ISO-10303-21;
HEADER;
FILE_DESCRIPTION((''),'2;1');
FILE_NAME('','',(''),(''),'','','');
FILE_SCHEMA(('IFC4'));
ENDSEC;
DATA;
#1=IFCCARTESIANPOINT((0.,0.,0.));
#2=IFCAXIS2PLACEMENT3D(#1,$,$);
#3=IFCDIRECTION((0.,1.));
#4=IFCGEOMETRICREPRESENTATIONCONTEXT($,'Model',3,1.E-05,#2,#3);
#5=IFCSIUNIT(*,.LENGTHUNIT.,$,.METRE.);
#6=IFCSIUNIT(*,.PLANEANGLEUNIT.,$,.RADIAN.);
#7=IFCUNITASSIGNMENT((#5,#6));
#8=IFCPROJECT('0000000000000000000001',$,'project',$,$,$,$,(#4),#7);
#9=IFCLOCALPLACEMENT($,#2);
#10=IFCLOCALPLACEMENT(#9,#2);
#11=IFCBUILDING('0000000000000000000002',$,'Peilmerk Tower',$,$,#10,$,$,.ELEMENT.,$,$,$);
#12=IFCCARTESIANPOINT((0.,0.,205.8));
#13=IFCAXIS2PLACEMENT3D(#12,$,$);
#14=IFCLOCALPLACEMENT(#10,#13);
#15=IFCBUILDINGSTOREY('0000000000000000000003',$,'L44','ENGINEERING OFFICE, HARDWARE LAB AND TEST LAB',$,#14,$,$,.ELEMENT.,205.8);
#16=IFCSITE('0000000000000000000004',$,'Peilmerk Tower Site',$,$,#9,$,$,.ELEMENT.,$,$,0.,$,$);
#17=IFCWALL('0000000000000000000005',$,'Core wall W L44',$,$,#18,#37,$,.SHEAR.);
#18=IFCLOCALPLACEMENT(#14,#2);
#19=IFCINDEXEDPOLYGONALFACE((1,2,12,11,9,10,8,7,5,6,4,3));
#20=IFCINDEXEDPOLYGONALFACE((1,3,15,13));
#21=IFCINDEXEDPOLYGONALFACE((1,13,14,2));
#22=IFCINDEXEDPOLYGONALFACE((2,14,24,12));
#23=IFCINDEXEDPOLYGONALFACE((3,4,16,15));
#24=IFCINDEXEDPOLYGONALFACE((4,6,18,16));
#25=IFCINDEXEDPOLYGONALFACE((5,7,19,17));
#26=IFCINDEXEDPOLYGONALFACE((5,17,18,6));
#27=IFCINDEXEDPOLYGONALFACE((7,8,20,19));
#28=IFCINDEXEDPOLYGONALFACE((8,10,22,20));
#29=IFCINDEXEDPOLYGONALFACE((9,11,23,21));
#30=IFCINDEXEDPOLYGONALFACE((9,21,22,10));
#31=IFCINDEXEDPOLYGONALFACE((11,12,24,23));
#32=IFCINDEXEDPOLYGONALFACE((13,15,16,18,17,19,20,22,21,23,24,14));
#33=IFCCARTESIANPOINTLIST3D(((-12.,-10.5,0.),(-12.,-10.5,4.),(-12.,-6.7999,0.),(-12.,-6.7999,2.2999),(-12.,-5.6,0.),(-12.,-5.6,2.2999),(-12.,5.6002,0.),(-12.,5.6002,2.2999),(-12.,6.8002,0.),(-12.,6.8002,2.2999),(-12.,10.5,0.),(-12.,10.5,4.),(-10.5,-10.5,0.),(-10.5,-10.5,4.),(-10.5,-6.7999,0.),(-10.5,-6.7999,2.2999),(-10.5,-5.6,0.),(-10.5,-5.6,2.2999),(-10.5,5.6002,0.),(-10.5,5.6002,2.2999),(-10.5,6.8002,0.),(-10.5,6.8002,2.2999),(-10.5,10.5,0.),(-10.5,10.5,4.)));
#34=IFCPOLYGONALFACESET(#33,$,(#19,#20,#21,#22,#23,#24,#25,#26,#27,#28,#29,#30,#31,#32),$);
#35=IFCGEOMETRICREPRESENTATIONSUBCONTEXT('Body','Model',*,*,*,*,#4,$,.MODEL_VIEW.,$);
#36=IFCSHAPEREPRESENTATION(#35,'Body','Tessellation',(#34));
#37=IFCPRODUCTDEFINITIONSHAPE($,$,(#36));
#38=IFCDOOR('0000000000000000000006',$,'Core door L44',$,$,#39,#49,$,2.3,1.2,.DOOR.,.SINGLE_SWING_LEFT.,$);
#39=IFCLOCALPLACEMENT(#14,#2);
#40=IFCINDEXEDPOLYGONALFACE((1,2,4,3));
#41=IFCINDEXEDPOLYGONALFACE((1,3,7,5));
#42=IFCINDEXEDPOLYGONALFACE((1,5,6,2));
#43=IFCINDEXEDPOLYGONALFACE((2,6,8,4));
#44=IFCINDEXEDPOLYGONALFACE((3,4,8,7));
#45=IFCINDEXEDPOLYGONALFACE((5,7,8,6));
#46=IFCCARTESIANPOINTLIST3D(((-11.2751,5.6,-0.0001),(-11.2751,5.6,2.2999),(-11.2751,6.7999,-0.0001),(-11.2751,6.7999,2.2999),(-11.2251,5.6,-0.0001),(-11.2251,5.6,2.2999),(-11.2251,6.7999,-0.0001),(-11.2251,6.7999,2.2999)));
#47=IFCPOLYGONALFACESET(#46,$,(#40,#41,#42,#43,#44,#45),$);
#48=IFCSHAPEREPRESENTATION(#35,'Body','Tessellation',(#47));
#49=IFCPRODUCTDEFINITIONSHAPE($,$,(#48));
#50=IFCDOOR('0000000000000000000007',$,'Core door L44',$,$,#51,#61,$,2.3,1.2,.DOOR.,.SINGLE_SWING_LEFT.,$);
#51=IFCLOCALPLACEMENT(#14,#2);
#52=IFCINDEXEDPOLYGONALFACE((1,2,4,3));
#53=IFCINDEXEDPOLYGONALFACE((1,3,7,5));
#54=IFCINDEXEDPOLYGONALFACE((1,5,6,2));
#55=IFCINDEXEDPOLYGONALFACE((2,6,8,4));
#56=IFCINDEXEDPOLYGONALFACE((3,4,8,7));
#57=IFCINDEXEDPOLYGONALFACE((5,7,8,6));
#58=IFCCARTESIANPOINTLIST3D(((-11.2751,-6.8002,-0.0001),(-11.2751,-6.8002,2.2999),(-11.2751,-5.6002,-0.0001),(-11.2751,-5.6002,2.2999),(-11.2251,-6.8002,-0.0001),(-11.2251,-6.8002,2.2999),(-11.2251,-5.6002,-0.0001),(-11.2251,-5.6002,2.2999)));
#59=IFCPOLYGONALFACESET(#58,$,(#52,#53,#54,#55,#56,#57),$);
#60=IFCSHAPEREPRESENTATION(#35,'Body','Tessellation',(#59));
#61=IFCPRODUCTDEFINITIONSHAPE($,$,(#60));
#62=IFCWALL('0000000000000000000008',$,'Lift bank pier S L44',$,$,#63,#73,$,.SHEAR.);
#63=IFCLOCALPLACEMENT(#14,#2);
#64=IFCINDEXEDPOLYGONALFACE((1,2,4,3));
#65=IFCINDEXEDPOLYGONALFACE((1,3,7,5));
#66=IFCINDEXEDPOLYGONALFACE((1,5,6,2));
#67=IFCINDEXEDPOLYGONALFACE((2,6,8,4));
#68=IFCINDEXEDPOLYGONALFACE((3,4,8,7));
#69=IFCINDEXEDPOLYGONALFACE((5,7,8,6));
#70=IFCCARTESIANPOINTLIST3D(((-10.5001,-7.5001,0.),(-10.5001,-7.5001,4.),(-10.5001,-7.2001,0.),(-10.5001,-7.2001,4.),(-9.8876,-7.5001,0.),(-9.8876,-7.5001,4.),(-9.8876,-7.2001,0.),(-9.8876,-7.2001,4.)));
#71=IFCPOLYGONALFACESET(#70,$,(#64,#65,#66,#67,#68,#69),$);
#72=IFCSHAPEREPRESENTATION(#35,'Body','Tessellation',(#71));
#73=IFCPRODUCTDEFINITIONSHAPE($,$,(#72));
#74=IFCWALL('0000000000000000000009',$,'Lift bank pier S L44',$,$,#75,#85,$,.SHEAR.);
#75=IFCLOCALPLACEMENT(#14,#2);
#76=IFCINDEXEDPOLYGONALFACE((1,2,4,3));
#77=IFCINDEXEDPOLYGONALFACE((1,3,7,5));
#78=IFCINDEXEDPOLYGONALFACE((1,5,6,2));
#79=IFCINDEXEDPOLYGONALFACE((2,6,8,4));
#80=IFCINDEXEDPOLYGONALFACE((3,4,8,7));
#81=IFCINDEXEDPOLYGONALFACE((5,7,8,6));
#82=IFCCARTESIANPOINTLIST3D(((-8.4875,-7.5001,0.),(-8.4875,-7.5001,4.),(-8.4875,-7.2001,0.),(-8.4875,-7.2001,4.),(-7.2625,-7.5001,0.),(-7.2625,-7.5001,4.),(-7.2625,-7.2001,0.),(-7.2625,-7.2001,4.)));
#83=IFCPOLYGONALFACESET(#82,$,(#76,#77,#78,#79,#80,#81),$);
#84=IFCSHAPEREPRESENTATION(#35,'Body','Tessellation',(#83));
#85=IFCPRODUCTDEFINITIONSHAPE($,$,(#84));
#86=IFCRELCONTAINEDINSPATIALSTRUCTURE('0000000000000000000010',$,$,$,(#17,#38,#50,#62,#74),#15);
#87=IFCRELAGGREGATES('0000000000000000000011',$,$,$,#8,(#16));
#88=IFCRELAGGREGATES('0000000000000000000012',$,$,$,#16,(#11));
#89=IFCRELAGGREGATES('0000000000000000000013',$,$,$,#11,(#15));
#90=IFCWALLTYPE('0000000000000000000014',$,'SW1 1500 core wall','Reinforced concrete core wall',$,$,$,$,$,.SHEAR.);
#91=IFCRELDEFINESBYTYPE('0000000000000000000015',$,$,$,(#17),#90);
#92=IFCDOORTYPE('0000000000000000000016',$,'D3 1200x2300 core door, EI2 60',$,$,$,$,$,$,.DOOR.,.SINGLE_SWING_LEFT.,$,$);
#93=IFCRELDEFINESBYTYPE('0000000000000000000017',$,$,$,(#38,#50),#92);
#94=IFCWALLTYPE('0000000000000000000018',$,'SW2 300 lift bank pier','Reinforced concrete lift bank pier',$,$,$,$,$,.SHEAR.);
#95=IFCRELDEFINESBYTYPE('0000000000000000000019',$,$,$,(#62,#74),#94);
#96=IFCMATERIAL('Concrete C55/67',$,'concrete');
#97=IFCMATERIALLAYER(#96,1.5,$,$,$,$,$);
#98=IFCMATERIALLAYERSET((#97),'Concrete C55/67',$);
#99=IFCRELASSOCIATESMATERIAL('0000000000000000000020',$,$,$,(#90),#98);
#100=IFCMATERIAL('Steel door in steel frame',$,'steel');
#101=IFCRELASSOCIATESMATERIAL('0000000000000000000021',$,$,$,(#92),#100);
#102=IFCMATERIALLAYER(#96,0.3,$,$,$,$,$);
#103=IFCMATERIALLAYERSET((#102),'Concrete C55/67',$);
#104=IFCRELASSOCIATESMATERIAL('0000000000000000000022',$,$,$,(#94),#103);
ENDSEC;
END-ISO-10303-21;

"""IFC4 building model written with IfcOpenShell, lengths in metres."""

from ifc_helpers import new_model, si_unit, direction, frame, frame_2d, origin, place, context, subcontext, project, spatial, rectangle, extrude, material, layer, layer_set, type_object, element, fill, save


model = new_model("IFC4")

# Units and contexts
model_context = context("Model", 3, precision=1e-05, world=origin(), true_north=direction((0.0, 1.0)))
body_context = subcontext(model_context, "Body", "Model", "MODEL_VIEW")
ifc_project = project(units=[si_unit("LENGTHUNIT", "METRE"), si_unit("PLANEANGLEUNIT", "RADIAN")], contexts=[model_context])

# Site, building, storey
site_placement = place(None, origin())
site = spatial("IfcSite", under=ifc_project, at=site_placement, Name="Peilmerk Tower Site", CompositionType="ELEMENT", RefElevation=0.0)
building_placement = place(site_placement, origin())
building = spatial("IfcBuilding", under=site, at=building_placement, Name="Peilmerk Tower", CompositionType="ELEMENT")
storey_placement = place(building_placement, frame((0.0, 0.0, 205.8)))
storey = spatial("IfcBuildingStorey", under=building, at=storey_placement, Name="L44", Description="ENGINEERING OFFICE, HARDWARE LAB AND TEST LAB", CompositionType="ELEMENT", Elevation=205.8)

# Wall, openings, doors
ifc_material_1 = material(Name="Concrete C55/67", Category="concrete")
ifc_layer_1 = layer(ifc_material_1, 1.5)
ifc_layer_set_1 = layer_set([ifc_layer_1], Name="Concrete C55/67")
wall_type_1 = type_object("IfcWallType", Name="SW1 1500 core wall", Description="Reinforced concrete core wall", PredefinedType="SHEAR", material=ifc_layer_set_1)
wall_1_placement = place(storey_placement, frame((-11.25, -10.5, 0.0), z_axis=(0.0, 0.0, 1.0), x_axis=(0.0, 1.0, 0.0)))
wall_1 = element("IfcWall", 1, at=wall_1_placement, inside=storey, type_object=wall_type_1, Name="Core wall W L44", PredefinedType="SHEAR", context=body_context, shape_type="SweptSolid", body=[
    extrude(rectangle(XDim=21.0, YDim=1.5, at=frame_2d((10.5, 0.0))), origin(), (0.0, 0.0, 1.0), 4.0),
])
opening_1_placement = place(wall_1_placement, frame((16.1001, 0.0, 0.0)))
opening_1 = element("IfcOpeningElement", 2, at=opening_1_placement, cuts=wall_1, PredefinedType="OPENING", context=body_context, shape_type="SweptSolid", body=[
    extrude(rectangle(XDim=1.2, YDim=2.3, at=frame_2d((0.6001, 1.1499))), frame((0.0, 0.76, 0.0), z_axis=(0.0, -1.0, 0.0), x_axis=(1.0, 0.0, 0.0)), (0.0, 0.0, 1.0), 1.52),
])
opening_2_placement = place(wall_1_placement, frame((3.7, 0.0, 0.0)))
opening_2 = element("IfcOpeningElement", 3, at=opening_2_placement, cuts=wall_1, PredefinedType="OPENING", context=body_context, shape_type="SweptSolid", body=[
    extrude(rectangle(XDim=1.2, YDim=2.3, at=frame_2d((0.6001, 1.1499))), frame((0.0, 0.76, 0.0), z_axis=(0.0, -1.0, 0.0), x_axis=(1.0, 0.0, 0.0)), (0.0, 0.0, 1.0), 1.52),
])
ifc_material_2 = material(Name="Steel door in steel frame", Category="steel")
door_type_1 = type_object("IfcDoorType", Name="D3 1200x2300 core door, EI2 60", OperationType="SINGLE_SWING_LEFT", PredefinedType="DOOR", material=ifc_material_2)
door_1_placement = place(opening_1_placement, frame((1.2, 0.0, 0.0), z_axis=(0.0, 0.0, 1.0), x_axis=(-1.0, 0.0, 0.0)))
door_1 = element("IfcDoor", 4, at=door_1_placement, inside=storey, type_object=door_type_1, Name="Core door L44", OperationType="SINGLE_SWING_LEFT", OverallHeight=2.3, OverallWidth=1.2, PredefinedType="DOOR", context=body_context, shape_type="SweptSolid", body=[
    extrude(rectangle(XDim=1.2, YDim=2.3, at=frame_2d((0.6001, 1.1499))), frame((0.0, 0.0249, 0.0), z_axis=(0.0, -1.0, 0.0), x_axis=(1.0, 0.0, 0.0)), (0.0, 0.0, 1.0), 0.05),
])
fill(opening_1, door_1)
door_2_placement = place(opening_2_placement, frame((1.2, 0.0, 0.0), z_axis=(0.0, 0.0, 1.0), x_axis=(-1.0, 0.0, 0.0)))
door_2 = element("IfcDoor", 5, at=door_2_placement, inside=storey, type_object=door_type_1, Name="Core door L44", OperationType="SINGLE_SWING_LEFT", OverallHeight=2.3, OverallWidth=1.2, PredefinedType="DOOR", context=body_context, shape_type="SweptSolid", body=[
    extrude(rectangle(XDim=1.2, YDim=2.3, at=frame_2d((0.6001, 1.1499))), frame((0.0, 0.0249, 0.0), z_axis=(0.0, -1.0, 0.0), x_axis=(1.0, 0.0, 0.0)), (0.0, 0.0, 1.0), 0.05),
])
fill(opening_2, door_2)

# Walls
ifc_layer_2 = layer(ifc_material_1, 0.3)
ifc_layer_set_2 = layer_set([ifc_layer_2], Name="Concrete C55/67")
wall_type_2 = type_object("IfcWallType", Name="SW2 300 lift bank pier", Description="Reinforced concrete lift bank pier", PredefinedType="SHEAR", material=ifc_layer_set_2)
wall_2_placement = place(storey_placement, frame((-10.5, -7.3501, 0.0), z_axis=(0.0, 0.0, 1.0), x_axis=(1.0, 0.0, 0.0)))
element("IfcWall", 6, at=wall_2_placement, inside=storey, type_object=wall_type_2, Name="Lift bank pier S L44", PredefinedType="SHEAR", context=body_context, shape_type="SweptSolid", body=[
    extrude(rectangle(XDim=0.6125, YDim=0.3, at=frame_2d((0.3062, 0.0))), origin(), (0.0, 0.0, 1.0), 4.0),
])
wall_3_placement = place(storey_placement, frame((-8.4875, -7.3501, 0.0), z_axis=(0.0, 0.0, 1.0), x_axis=(1.0, 0.0, 0.0)))
element("IfcWall", 7, at=wall_3_placement, inside=storey, type_object=wall_type_2, Name="Lift bank pier S L44", PredefinedType="SHEAR", context=body_context, shape_type="SweptSolid", body=[
    extrude(rectangle(XDim=1.2251, YDim=0.3, at=frame_2d((0.6125, 0.0))), origin(), (0.0, 0.0, 1.0), 4.0),
])

save(model, "model.ifc")
